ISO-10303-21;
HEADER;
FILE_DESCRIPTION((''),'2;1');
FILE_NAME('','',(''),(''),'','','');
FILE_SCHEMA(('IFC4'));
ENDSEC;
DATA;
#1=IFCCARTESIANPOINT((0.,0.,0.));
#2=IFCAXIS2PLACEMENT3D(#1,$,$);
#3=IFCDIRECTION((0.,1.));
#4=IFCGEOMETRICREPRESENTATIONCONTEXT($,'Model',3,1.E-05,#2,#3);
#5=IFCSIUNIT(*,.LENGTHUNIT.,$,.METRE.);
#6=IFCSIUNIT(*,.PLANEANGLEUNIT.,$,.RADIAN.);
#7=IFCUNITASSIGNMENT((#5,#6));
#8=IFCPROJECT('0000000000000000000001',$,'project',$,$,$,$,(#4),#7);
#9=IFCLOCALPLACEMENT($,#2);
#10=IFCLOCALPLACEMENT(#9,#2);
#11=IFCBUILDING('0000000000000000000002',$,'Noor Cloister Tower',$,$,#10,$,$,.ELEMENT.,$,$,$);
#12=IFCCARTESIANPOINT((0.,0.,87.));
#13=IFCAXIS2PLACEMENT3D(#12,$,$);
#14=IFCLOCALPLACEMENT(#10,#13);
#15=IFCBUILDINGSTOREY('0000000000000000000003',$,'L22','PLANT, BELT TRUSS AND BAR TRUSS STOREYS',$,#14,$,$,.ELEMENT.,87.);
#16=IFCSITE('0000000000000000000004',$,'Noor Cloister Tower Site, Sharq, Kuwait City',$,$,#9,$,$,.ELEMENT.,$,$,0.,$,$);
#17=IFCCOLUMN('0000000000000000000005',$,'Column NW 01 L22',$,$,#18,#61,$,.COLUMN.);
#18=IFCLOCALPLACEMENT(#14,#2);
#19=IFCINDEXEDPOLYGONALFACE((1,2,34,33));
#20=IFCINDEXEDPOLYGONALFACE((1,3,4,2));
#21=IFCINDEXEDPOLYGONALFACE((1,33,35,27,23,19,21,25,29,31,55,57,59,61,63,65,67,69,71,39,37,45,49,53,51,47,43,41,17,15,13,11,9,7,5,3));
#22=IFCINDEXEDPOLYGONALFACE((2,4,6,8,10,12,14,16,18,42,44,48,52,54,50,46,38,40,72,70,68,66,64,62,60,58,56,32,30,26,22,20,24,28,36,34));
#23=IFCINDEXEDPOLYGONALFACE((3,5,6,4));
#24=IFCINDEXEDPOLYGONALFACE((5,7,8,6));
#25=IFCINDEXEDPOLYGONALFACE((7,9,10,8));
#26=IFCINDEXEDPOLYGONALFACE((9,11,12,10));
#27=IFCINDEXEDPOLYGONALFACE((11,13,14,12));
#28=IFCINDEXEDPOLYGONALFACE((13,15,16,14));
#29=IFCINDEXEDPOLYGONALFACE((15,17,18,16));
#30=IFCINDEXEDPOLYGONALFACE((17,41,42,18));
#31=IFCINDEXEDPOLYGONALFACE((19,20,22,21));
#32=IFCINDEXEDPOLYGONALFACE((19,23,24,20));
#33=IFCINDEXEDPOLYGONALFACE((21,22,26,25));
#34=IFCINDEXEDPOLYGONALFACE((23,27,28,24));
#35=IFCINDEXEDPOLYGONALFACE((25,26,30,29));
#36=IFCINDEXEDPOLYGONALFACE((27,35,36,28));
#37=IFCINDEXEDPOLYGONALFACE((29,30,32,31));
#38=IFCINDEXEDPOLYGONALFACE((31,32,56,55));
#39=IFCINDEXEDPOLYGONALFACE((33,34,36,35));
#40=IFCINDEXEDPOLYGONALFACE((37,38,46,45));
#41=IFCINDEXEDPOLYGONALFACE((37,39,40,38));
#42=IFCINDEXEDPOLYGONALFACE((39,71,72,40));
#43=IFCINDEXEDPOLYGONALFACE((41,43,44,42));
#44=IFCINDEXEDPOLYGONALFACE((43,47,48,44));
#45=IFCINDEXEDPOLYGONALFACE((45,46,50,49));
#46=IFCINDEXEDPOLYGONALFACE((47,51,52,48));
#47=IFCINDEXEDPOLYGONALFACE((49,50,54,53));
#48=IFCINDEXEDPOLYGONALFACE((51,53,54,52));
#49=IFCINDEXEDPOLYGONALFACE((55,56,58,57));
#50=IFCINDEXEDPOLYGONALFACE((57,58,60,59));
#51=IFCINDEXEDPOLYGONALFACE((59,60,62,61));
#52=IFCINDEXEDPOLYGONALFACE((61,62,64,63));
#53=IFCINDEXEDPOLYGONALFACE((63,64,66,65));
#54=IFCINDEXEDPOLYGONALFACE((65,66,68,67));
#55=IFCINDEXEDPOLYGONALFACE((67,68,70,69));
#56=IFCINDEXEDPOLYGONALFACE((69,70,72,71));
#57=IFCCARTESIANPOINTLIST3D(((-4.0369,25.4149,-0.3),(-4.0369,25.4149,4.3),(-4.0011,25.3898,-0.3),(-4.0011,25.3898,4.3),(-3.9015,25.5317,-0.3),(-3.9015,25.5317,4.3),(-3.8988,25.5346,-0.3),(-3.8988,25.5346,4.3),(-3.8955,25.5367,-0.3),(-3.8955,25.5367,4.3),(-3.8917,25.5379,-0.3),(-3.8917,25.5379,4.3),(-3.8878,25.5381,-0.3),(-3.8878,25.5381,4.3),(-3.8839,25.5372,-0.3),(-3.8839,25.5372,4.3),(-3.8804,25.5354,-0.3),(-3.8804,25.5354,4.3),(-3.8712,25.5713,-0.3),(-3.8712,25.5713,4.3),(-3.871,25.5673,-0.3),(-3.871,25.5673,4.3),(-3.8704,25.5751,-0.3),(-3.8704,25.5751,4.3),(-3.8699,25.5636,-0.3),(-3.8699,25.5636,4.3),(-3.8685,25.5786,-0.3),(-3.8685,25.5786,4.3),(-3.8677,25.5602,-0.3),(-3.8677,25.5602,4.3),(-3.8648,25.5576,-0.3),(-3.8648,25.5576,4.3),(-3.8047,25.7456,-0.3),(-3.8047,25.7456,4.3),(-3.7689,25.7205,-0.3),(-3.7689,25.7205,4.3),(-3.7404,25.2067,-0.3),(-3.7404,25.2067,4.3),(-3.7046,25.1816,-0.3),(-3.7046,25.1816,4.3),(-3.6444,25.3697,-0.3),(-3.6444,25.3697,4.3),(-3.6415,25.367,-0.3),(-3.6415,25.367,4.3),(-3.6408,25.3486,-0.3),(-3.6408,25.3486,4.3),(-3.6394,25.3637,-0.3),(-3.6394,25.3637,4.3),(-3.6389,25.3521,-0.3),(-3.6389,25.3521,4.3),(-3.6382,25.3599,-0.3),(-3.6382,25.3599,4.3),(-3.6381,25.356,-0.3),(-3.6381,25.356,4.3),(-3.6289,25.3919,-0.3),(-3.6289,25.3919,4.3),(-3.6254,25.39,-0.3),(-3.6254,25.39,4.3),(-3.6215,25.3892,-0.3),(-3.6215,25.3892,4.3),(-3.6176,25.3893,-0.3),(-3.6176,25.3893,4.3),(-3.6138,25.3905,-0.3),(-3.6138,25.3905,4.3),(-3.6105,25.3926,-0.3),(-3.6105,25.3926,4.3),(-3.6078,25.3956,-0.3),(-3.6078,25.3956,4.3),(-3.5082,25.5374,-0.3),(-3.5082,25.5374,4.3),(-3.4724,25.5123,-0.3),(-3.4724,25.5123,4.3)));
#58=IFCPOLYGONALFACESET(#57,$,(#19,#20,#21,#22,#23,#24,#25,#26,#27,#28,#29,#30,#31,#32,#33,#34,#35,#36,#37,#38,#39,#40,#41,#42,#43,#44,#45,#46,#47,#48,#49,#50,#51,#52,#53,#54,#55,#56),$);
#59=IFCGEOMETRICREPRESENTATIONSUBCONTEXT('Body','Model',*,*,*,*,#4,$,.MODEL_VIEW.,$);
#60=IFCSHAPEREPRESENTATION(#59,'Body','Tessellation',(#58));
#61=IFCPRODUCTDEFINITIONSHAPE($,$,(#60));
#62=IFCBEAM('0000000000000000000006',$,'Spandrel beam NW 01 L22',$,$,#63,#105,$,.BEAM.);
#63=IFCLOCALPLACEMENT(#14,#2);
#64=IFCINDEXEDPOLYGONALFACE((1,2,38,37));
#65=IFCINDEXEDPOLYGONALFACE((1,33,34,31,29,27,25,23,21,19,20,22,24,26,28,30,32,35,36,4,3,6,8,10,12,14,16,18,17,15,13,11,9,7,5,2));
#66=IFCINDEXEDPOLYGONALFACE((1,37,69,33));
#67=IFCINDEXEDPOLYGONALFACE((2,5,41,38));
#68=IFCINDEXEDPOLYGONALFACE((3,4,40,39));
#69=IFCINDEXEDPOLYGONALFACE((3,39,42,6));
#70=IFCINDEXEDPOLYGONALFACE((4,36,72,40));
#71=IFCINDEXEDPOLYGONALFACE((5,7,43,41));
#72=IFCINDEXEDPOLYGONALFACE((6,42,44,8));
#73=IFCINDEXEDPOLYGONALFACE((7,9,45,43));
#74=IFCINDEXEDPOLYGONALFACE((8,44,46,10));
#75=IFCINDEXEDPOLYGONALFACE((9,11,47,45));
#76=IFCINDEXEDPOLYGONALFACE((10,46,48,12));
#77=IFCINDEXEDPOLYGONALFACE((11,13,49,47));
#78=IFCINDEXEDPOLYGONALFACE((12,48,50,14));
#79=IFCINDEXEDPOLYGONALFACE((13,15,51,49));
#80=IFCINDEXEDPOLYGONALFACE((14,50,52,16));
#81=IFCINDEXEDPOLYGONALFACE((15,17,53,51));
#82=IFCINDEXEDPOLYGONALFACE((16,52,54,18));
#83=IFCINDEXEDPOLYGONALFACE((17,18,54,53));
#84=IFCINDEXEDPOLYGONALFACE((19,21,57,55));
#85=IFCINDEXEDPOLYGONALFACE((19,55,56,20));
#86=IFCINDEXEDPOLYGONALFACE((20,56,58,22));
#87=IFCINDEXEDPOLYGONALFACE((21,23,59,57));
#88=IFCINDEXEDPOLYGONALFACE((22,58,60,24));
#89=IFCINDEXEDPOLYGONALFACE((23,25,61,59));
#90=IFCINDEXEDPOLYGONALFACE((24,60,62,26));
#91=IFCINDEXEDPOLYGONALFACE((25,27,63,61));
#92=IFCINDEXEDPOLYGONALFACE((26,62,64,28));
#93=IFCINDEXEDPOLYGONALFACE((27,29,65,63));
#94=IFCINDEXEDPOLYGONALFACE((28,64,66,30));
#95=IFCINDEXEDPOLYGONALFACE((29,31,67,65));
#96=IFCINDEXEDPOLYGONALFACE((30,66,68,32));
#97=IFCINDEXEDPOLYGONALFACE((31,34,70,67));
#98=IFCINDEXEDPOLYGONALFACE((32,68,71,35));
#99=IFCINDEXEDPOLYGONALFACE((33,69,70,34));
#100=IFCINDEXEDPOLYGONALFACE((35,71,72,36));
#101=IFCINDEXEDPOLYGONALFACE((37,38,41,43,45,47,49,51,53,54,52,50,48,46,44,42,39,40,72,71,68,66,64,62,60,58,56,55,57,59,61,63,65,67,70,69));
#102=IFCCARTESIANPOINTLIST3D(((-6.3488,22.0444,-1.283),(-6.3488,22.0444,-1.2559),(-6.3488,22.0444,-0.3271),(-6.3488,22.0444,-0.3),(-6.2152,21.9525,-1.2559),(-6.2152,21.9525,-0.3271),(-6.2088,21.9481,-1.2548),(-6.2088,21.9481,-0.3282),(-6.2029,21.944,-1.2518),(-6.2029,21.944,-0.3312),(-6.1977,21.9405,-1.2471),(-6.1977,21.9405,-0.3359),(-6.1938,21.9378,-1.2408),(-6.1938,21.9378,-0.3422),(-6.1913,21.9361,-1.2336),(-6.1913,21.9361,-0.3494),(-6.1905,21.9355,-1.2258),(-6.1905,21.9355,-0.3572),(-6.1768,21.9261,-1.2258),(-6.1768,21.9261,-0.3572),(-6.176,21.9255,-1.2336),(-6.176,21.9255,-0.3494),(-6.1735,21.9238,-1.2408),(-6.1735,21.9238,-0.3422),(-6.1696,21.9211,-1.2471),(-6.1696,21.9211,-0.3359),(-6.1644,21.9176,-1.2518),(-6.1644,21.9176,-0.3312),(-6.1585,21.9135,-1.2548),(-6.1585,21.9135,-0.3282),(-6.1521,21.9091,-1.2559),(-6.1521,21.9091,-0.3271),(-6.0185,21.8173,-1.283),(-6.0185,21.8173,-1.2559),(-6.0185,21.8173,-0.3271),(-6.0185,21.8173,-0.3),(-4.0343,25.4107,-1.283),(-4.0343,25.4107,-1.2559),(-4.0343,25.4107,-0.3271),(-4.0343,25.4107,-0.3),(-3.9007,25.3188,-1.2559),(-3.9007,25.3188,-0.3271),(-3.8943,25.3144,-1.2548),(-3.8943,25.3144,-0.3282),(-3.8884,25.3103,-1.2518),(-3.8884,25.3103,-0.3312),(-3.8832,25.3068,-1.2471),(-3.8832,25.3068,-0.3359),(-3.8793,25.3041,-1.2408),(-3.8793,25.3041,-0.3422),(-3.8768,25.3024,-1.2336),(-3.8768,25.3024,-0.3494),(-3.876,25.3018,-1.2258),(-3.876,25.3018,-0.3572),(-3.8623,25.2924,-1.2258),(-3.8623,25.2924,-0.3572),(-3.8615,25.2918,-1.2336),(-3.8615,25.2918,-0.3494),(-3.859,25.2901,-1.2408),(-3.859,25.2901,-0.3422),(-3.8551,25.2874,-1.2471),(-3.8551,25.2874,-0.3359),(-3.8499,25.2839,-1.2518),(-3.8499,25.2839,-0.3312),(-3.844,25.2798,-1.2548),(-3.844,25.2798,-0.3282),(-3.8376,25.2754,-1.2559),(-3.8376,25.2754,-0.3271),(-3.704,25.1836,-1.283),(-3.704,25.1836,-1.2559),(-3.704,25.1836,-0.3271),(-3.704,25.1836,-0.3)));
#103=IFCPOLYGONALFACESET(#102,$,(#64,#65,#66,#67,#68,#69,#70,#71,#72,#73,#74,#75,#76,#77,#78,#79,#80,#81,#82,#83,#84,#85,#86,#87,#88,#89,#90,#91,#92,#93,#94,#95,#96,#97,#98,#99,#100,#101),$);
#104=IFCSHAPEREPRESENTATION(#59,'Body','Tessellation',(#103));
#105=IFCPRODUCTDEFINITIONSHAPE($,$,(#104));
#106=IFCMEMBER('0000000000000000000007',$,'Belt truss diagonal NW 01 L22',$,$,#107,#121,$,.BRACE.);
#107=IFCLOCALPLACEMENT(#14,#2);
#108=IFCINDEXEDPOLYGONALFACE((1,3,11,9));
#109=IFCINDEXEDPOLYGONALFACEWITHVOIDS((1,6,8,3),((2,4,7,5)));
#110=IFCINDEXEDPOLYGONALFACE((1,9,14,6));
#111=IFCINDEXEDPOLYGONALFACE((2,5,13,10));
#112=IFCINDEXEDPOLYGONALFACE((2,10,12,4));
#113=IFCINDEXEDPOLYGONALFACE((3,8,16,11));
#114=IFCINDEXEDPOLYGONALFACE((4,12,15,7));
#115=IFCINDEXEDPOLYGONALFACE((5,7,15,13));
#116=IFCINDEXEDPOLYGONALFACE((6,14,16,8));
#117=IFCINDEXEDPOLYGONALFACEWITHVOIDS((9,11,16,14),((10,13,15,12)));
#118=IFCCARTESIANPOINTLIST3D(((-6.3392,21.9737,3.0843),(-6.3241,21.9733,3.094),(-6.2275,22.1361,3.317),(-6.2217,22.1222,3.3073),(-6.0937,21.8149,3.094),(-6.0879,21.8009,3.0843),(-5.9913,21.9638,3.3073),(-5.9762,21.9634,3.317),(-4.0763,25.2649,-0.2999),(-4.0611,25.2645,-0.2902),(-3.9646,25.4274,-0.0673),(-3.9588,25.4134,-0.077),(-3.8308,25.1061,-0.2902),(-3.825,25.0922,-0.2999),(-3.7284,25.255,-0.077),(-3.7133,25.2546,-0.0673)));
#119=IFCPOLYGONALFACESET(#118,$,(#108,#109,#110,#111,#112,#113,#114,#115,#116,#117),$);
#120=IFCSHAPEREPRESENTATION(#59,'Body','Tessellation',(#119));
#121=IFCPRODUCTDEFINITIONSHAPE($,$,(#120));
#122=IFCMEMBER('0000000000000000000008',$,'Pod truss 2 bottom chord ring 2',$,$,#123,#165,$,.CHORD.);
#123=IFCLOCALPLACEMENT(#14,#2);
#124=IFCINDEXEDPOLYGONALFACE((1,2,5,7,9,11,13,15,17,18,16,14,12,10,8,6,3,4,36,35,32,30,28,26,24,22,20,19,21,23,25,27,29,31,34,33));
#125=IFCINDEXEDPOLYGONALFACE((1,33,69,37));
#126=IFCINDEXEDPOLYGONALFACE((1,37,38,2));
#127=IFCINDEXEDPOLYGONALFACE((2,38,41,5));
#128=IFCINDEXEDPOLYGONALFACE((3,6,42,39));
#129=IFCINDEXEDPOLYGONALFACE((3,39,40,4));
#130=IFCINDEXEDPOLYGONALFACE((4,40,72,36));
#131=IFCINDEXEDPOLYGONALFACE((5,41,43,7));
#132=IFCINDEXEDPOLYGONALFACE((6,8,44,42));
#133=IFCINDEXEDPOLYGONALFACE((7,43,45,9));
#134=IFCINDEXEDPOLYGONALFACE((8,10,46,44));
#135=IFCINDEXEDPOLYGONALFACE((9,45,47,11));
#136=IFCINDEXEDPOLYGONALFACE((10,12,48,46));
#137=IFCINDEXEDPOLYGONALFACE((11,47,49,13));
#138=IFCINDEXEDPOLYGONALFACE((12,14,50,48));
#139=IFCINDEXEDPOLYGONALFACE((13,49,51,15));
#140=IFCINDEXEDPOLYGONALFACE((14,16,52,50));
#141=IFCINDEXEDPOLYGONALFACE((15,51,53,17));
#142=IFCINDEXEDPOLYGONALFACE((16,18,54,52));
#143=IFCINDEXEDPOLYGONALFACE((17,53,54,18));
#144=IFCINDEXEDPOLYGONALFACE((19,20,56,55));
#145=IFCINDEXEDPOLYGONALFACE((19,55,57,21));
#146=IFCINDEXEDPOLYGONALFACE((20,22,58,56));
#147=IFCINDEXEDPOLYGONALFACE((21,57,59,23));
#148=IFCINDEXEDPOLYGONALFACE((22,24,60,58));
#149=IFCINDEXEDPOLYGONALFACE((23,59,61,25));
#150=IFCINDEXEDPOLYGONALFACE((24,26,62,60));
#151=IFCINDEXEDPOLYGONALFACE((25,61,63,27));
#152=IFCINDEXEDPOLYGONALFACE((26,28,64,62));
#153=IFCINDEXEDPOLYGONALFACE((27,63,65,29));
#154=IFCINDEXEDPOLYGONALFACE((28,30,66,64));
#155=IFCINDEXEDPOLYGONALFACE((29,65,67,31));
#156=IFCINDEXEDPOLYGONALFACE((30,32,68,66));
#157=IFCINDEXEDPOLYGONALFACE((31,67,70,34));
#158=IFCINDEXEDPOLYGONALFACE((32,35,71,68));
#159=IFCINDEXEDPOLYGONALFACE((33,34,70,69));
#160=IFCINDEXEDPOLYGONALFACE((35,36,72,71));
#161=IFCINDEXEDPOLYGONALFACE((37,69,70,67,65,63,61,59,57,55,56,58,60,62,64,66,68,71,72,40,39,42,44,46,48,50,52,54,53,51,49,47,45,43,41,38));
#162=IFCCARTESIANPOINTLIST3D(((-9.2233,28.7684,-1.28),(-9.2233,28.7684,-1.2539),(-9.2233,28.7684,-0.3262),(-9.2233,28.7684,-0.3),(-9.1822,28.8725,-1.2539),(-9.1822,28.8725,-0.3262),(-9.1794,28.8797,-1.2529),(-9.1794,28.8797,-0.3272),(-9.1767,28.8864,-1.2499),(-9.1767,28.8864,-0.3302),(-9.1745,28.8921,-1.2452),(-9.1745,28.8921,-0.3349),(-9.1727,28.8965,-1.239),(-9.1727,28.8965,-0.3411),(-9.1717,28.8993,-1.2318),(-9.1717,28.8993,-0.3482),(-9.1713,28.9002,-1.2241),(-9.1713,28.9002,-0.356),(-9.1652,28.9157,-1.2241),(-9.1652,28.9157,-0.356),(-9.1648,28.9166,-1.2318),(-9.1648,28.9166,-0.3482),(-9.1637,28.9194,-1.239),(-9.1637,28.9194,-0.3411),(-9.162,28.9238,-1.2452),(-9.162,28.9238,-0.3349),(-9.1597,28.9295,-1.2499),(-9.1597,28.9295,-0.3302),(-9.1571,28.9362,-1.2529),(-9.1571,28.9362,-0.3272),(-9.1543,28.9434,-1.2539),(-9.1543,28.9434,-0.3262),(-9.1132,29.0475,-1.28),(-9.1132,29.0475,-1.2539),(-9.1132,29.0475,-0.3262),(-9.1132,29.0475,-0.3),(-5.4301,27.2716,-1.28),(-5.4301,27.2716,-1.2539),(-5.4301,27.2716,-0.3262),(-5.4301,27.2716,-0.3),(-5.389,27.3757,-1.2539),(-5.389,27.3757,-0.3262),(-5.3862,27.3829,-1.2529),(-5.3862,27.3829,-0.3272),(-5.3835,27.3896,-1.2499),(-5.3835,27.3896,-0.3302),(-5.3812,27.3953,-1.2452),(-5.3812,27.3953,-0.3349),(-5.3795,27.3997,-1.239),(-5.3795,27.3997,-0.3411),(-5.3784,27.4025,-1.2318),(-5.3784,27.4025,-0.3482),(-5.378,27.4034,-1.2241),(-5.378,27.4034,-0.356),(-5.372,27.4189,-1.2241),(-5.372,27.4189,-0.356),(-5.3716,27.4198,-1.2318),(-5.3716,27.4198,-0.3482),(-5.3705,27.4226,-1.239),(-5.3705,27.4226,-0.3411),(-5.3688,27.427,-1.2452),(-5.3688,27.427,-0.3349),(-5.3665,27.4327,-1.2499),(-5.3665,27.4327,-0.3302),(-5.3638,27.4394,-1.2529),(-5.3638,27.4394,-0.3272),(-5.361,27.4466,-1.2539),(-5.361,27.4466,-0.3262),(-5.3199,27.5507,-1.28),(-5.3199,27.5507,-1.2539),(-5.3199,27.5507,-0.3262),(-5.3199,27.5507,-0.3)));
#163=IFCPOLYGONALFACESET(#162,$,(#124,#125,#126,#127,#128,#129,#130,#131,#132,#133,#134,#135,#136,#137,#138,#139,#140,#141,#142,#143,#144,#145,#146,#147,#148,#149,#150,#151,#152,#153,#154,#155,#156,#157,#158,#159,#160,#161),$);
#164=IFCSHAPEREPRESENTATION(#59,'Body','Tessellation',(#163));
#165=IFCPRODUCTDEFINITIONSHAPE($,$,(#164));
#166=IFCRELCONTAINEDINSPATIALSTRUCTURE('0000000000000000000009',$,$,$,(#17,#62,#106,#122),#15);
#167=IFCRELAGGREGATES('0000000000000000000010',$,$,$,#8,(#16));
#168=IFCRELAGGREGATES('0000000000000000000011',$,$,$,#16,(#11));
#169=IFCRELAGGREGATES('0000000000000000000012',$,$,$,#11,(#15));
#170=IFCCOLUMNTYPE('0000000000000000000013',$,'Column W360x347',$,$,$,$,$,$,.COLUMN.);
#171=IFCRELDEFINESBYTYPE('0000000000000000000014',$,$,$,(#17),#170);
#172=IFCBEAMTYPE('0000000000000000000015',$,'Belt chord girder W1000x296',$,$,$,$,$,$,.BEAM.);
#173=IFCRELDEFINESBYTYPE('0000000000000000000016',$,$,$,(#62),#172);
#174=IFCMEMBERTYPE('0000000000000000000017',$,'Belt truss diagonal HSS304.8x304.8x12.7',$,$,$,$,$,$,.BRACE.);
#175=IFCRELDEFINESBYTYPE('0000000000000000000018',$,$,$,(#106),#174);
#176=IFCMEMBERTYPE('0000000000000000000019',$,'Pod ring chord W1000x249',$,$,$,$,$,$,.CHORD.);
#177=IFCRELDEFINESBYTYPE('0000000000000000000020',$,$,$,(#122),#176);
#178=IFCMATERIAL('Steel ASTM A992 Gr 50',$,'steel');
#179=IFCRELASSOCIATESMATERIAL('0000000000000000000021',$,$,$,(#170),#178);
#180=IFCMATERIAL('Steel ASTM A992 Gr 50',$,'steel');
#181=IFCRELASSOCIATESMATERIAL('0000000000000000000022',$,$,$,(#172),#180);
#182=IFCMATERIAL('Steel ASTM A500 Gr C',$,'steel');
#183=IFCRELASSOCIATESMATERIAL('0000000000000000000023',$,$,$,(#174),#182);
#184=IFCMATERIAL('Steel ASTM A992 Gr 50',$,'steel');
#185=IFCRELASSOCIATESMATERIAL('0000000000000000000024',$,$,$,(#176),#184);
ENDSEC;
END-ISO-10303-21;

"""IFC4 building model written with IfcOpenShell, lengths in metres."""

from ifc_helpers import new_model, si_unit, direction, frame, origin, origin_2d, place, context, subcontext, project, spatial, hollow_rectangle, i_section, extrude, material, material_profile, profile_set, type_object, element, save


model = new_model("IFC4")

# Units and contexts
model_context = context("Model", 3, precision=1e-05, world=origin(), true_north=direction((0.0, 1.0)))
body_context = subcontext(model_context, "Body", "Model", "MODEL_VIEW")
ifc_project = project(units=[si_unit("LENGTHUNIT", "METRE"), si_unit("PLANEANGLEUNIT", "RADIAN")], contexts=[model_context])

# Site, building, storey
site_placement = place(None, origin())
site = spatial("IfcSite", under=ifc_project, at=site_placement, Name="Noor Cloister Tower Site, Sharq, Kuwait City", CompositionType="ELEMENT", RefElevation=0.0)
building_placement = place(site_placement, origin())
building = spatial("IfcBuilding", under=site, at=building_placement, Name="Noor Cloister Tower", CompositionType="ELEMENT")
storey_placement = place(building_placement, frame((0.0, 0.0, 87.0)))
storey = spatial("IfcBuildingStorey", under=building, at=storey_placement, Name="L22", Description="PLANT, BELT TRUSS AND BAR TRUSS STOREYS", CompositionType="ELEMENT", Elevation=87.0)

# Column
ifc_material_1 = material(Name="Steel ASTM A992 Gr 50", Category="steel")
ifc_material_profile_1 = material_profile(ifc_material_1, i_section(OverallWidth=0.4041, OverallDepth=0.406, WebThickness=0.0271, FlangeThickness=0.0437, FilletRadius=0.0151, at=origin_2d()), Name="W360x347")
ifc_profile_set_1 = profile_set([ifc_material_profile_1], Name="Steel ASTM A992 Gr 50")
column_type = type_object("IfcColumnType", Name="Column W360x347", PredefinedType="COLUMN", material=ifc_profile_set_1)
column_placement = place(storey_placement, frame((-3.7546, 25.4636, -0.3), z_axis=(0.0, 0.0, 1.0), x_axis=(-0.574648, -0.818401, 0.0)))
element("IfcColumn", 1, at=column_placement, inside=storey, type_object=column_type, Name="Column NW 01 L22", PredefinedType="COLUMN", context=body_context, shape_type="SweptSolid", body=[
    extrude(i_section(OverallWidth=0.4041, OverallDepth=0.406, WebThickness=0.0271, FlangeThickness=0.0437, FilletRadius=0.0151, at=origin_2d()), origin(), (0.0, 0.0, 1.0), 4.6001),
])

# Beam
ifc_material_2 = material(Name="Steel ASTM A992 Gr 50", Category="steel")
ifc_material_profile_2 = material_profile(ifc_material_2, i_section(OverallWidth=0.4009, OverallDepth=0.9829, WebThickness=0.0166, FlangeThickness=0.0271, FilletRadius=0.03, at=origin_2d()), Name="W1000x296")
ifc_profile_set_2 = profile_set([ifc_material_profile_2], Name="Steel ASTM A992 Gr 50")
beam_type = type_object("IfcBeamType", Name="Belt chord girder W1000x296", PredefinedType="BEAM", material=ifc_profile_set_2)
beam_placement = place(storey_placement, frame((-3.8691, 25.2971, -0.7915), z_axis=(-0.566559, -0.824021, 0.0), x_axis=(0.824021, -0.566559, 0.0)))
element("IfcBeam", 2, at=beam_placement, inside=storey, type_object=beam_type, Name="Spandrel beam NW 01 L22", PredefinedType="BEAM", context=body_context, shape_type="SweptSolid", body=[
    extrude(i_section(OverallWidth=0.4009, OverallDepth=0.9829, WebThickness=0.0166, FlangeThickness=0.0271, FilletRadius=0.03, at=origin_2d()), origin(), (0.0, 0.0, 1.0), 4.0852),
])

# Members
ifc_material_3 = material(Name="Steel ASTM A500 Gr C", Category="steel")
ifc_material_profile_3 = material_profile(ifc_material_3, hollow_rectangle(XDim=0.3049, YDim=0.3049, WallThickness=0.0127, at=origin_2d()), Name="HSS304.8x304.8x12.7")
ifc_profile_set_3 = profile_set([ifc_material_profile_3], Name="Steel ASTM A500 Gr C")
member_type_1 = type_object("IfcMemberType", Name="Belt truss diagonal HSS304.8x304.8x12.7", PredefinedType="BRACE", material=ifc_profile_set_3)
member_1_placement = place(storey_placement, frame((-3.8948, 25.2598, -0.1836), z_axis=(-0.43226, -0.628687, 0.646455), x_axis=(0.824019, -0.566563, 0.0)))
element("IfcMember", 3, at=member_1_placement, inside=storey, type_object=member_type_1, Name="Belt truss diagonal NW 01 L22", PredefinedType="BRACE", context=body_context, shape_type="SweptSolid", body=[
    extrude(hollow_rectangle(XDim=0.3049, YDim=0.3049, WallThickness=0.0127, at=origin_2d()), origin(), (0.0, 0.0, 1.0), 5.2351),
])
ifc_material_4 = material(Name="Steel ASTM A992 Gr 50", Category="steel")
ifc_material_profile_4 = material_profile(ifc_material_4, i_section(OverallWidth=0.3, OverallDepth=0.98, WebThickness=0.0166, FlangeThickness=0.0261, FilletRadius=0.0298, at=origin_2d()), Name="W1000x249")
ifc_profile_set_4 = profile_set([ifc_material_profile_4], Name="Steel ASTM A992 Gr 50")
member_type_2 = type_object("IfcMemberType", Name="Pod ring chord W1000x249", PredefinedType="CHORD", material=ifc_profile_set_4)
for number, where, z_axis, x_axis, name in (
    (4, (-5.375, 27.4111, -0.79), (-0.930197, 0.367062, 0.0), (-0.367062, -0.930197, 0.0), "Pod truss 2 bottom chord ring 2"),
):
    element("IfcMember", number, at=place(storey_placement, frame(where, z_axis=z_axis, x_axis=x_axis)), inside=storey, type_object=member_type_2, Name=name, PredefinedType="CHORD", context=body_context, shape_type="SweptSolid", body=[
        extrude(i_section(OverallWidth=0.3, OverallDepth=0.98, WebThickness=0.0166, FlangeThickness=0.0261, FilletRadius=0.0298, at=origin_2d()), origin(), (0.0, 0.0, 1.0), 4.0779),
    ])

save(model, "model.ifc")
